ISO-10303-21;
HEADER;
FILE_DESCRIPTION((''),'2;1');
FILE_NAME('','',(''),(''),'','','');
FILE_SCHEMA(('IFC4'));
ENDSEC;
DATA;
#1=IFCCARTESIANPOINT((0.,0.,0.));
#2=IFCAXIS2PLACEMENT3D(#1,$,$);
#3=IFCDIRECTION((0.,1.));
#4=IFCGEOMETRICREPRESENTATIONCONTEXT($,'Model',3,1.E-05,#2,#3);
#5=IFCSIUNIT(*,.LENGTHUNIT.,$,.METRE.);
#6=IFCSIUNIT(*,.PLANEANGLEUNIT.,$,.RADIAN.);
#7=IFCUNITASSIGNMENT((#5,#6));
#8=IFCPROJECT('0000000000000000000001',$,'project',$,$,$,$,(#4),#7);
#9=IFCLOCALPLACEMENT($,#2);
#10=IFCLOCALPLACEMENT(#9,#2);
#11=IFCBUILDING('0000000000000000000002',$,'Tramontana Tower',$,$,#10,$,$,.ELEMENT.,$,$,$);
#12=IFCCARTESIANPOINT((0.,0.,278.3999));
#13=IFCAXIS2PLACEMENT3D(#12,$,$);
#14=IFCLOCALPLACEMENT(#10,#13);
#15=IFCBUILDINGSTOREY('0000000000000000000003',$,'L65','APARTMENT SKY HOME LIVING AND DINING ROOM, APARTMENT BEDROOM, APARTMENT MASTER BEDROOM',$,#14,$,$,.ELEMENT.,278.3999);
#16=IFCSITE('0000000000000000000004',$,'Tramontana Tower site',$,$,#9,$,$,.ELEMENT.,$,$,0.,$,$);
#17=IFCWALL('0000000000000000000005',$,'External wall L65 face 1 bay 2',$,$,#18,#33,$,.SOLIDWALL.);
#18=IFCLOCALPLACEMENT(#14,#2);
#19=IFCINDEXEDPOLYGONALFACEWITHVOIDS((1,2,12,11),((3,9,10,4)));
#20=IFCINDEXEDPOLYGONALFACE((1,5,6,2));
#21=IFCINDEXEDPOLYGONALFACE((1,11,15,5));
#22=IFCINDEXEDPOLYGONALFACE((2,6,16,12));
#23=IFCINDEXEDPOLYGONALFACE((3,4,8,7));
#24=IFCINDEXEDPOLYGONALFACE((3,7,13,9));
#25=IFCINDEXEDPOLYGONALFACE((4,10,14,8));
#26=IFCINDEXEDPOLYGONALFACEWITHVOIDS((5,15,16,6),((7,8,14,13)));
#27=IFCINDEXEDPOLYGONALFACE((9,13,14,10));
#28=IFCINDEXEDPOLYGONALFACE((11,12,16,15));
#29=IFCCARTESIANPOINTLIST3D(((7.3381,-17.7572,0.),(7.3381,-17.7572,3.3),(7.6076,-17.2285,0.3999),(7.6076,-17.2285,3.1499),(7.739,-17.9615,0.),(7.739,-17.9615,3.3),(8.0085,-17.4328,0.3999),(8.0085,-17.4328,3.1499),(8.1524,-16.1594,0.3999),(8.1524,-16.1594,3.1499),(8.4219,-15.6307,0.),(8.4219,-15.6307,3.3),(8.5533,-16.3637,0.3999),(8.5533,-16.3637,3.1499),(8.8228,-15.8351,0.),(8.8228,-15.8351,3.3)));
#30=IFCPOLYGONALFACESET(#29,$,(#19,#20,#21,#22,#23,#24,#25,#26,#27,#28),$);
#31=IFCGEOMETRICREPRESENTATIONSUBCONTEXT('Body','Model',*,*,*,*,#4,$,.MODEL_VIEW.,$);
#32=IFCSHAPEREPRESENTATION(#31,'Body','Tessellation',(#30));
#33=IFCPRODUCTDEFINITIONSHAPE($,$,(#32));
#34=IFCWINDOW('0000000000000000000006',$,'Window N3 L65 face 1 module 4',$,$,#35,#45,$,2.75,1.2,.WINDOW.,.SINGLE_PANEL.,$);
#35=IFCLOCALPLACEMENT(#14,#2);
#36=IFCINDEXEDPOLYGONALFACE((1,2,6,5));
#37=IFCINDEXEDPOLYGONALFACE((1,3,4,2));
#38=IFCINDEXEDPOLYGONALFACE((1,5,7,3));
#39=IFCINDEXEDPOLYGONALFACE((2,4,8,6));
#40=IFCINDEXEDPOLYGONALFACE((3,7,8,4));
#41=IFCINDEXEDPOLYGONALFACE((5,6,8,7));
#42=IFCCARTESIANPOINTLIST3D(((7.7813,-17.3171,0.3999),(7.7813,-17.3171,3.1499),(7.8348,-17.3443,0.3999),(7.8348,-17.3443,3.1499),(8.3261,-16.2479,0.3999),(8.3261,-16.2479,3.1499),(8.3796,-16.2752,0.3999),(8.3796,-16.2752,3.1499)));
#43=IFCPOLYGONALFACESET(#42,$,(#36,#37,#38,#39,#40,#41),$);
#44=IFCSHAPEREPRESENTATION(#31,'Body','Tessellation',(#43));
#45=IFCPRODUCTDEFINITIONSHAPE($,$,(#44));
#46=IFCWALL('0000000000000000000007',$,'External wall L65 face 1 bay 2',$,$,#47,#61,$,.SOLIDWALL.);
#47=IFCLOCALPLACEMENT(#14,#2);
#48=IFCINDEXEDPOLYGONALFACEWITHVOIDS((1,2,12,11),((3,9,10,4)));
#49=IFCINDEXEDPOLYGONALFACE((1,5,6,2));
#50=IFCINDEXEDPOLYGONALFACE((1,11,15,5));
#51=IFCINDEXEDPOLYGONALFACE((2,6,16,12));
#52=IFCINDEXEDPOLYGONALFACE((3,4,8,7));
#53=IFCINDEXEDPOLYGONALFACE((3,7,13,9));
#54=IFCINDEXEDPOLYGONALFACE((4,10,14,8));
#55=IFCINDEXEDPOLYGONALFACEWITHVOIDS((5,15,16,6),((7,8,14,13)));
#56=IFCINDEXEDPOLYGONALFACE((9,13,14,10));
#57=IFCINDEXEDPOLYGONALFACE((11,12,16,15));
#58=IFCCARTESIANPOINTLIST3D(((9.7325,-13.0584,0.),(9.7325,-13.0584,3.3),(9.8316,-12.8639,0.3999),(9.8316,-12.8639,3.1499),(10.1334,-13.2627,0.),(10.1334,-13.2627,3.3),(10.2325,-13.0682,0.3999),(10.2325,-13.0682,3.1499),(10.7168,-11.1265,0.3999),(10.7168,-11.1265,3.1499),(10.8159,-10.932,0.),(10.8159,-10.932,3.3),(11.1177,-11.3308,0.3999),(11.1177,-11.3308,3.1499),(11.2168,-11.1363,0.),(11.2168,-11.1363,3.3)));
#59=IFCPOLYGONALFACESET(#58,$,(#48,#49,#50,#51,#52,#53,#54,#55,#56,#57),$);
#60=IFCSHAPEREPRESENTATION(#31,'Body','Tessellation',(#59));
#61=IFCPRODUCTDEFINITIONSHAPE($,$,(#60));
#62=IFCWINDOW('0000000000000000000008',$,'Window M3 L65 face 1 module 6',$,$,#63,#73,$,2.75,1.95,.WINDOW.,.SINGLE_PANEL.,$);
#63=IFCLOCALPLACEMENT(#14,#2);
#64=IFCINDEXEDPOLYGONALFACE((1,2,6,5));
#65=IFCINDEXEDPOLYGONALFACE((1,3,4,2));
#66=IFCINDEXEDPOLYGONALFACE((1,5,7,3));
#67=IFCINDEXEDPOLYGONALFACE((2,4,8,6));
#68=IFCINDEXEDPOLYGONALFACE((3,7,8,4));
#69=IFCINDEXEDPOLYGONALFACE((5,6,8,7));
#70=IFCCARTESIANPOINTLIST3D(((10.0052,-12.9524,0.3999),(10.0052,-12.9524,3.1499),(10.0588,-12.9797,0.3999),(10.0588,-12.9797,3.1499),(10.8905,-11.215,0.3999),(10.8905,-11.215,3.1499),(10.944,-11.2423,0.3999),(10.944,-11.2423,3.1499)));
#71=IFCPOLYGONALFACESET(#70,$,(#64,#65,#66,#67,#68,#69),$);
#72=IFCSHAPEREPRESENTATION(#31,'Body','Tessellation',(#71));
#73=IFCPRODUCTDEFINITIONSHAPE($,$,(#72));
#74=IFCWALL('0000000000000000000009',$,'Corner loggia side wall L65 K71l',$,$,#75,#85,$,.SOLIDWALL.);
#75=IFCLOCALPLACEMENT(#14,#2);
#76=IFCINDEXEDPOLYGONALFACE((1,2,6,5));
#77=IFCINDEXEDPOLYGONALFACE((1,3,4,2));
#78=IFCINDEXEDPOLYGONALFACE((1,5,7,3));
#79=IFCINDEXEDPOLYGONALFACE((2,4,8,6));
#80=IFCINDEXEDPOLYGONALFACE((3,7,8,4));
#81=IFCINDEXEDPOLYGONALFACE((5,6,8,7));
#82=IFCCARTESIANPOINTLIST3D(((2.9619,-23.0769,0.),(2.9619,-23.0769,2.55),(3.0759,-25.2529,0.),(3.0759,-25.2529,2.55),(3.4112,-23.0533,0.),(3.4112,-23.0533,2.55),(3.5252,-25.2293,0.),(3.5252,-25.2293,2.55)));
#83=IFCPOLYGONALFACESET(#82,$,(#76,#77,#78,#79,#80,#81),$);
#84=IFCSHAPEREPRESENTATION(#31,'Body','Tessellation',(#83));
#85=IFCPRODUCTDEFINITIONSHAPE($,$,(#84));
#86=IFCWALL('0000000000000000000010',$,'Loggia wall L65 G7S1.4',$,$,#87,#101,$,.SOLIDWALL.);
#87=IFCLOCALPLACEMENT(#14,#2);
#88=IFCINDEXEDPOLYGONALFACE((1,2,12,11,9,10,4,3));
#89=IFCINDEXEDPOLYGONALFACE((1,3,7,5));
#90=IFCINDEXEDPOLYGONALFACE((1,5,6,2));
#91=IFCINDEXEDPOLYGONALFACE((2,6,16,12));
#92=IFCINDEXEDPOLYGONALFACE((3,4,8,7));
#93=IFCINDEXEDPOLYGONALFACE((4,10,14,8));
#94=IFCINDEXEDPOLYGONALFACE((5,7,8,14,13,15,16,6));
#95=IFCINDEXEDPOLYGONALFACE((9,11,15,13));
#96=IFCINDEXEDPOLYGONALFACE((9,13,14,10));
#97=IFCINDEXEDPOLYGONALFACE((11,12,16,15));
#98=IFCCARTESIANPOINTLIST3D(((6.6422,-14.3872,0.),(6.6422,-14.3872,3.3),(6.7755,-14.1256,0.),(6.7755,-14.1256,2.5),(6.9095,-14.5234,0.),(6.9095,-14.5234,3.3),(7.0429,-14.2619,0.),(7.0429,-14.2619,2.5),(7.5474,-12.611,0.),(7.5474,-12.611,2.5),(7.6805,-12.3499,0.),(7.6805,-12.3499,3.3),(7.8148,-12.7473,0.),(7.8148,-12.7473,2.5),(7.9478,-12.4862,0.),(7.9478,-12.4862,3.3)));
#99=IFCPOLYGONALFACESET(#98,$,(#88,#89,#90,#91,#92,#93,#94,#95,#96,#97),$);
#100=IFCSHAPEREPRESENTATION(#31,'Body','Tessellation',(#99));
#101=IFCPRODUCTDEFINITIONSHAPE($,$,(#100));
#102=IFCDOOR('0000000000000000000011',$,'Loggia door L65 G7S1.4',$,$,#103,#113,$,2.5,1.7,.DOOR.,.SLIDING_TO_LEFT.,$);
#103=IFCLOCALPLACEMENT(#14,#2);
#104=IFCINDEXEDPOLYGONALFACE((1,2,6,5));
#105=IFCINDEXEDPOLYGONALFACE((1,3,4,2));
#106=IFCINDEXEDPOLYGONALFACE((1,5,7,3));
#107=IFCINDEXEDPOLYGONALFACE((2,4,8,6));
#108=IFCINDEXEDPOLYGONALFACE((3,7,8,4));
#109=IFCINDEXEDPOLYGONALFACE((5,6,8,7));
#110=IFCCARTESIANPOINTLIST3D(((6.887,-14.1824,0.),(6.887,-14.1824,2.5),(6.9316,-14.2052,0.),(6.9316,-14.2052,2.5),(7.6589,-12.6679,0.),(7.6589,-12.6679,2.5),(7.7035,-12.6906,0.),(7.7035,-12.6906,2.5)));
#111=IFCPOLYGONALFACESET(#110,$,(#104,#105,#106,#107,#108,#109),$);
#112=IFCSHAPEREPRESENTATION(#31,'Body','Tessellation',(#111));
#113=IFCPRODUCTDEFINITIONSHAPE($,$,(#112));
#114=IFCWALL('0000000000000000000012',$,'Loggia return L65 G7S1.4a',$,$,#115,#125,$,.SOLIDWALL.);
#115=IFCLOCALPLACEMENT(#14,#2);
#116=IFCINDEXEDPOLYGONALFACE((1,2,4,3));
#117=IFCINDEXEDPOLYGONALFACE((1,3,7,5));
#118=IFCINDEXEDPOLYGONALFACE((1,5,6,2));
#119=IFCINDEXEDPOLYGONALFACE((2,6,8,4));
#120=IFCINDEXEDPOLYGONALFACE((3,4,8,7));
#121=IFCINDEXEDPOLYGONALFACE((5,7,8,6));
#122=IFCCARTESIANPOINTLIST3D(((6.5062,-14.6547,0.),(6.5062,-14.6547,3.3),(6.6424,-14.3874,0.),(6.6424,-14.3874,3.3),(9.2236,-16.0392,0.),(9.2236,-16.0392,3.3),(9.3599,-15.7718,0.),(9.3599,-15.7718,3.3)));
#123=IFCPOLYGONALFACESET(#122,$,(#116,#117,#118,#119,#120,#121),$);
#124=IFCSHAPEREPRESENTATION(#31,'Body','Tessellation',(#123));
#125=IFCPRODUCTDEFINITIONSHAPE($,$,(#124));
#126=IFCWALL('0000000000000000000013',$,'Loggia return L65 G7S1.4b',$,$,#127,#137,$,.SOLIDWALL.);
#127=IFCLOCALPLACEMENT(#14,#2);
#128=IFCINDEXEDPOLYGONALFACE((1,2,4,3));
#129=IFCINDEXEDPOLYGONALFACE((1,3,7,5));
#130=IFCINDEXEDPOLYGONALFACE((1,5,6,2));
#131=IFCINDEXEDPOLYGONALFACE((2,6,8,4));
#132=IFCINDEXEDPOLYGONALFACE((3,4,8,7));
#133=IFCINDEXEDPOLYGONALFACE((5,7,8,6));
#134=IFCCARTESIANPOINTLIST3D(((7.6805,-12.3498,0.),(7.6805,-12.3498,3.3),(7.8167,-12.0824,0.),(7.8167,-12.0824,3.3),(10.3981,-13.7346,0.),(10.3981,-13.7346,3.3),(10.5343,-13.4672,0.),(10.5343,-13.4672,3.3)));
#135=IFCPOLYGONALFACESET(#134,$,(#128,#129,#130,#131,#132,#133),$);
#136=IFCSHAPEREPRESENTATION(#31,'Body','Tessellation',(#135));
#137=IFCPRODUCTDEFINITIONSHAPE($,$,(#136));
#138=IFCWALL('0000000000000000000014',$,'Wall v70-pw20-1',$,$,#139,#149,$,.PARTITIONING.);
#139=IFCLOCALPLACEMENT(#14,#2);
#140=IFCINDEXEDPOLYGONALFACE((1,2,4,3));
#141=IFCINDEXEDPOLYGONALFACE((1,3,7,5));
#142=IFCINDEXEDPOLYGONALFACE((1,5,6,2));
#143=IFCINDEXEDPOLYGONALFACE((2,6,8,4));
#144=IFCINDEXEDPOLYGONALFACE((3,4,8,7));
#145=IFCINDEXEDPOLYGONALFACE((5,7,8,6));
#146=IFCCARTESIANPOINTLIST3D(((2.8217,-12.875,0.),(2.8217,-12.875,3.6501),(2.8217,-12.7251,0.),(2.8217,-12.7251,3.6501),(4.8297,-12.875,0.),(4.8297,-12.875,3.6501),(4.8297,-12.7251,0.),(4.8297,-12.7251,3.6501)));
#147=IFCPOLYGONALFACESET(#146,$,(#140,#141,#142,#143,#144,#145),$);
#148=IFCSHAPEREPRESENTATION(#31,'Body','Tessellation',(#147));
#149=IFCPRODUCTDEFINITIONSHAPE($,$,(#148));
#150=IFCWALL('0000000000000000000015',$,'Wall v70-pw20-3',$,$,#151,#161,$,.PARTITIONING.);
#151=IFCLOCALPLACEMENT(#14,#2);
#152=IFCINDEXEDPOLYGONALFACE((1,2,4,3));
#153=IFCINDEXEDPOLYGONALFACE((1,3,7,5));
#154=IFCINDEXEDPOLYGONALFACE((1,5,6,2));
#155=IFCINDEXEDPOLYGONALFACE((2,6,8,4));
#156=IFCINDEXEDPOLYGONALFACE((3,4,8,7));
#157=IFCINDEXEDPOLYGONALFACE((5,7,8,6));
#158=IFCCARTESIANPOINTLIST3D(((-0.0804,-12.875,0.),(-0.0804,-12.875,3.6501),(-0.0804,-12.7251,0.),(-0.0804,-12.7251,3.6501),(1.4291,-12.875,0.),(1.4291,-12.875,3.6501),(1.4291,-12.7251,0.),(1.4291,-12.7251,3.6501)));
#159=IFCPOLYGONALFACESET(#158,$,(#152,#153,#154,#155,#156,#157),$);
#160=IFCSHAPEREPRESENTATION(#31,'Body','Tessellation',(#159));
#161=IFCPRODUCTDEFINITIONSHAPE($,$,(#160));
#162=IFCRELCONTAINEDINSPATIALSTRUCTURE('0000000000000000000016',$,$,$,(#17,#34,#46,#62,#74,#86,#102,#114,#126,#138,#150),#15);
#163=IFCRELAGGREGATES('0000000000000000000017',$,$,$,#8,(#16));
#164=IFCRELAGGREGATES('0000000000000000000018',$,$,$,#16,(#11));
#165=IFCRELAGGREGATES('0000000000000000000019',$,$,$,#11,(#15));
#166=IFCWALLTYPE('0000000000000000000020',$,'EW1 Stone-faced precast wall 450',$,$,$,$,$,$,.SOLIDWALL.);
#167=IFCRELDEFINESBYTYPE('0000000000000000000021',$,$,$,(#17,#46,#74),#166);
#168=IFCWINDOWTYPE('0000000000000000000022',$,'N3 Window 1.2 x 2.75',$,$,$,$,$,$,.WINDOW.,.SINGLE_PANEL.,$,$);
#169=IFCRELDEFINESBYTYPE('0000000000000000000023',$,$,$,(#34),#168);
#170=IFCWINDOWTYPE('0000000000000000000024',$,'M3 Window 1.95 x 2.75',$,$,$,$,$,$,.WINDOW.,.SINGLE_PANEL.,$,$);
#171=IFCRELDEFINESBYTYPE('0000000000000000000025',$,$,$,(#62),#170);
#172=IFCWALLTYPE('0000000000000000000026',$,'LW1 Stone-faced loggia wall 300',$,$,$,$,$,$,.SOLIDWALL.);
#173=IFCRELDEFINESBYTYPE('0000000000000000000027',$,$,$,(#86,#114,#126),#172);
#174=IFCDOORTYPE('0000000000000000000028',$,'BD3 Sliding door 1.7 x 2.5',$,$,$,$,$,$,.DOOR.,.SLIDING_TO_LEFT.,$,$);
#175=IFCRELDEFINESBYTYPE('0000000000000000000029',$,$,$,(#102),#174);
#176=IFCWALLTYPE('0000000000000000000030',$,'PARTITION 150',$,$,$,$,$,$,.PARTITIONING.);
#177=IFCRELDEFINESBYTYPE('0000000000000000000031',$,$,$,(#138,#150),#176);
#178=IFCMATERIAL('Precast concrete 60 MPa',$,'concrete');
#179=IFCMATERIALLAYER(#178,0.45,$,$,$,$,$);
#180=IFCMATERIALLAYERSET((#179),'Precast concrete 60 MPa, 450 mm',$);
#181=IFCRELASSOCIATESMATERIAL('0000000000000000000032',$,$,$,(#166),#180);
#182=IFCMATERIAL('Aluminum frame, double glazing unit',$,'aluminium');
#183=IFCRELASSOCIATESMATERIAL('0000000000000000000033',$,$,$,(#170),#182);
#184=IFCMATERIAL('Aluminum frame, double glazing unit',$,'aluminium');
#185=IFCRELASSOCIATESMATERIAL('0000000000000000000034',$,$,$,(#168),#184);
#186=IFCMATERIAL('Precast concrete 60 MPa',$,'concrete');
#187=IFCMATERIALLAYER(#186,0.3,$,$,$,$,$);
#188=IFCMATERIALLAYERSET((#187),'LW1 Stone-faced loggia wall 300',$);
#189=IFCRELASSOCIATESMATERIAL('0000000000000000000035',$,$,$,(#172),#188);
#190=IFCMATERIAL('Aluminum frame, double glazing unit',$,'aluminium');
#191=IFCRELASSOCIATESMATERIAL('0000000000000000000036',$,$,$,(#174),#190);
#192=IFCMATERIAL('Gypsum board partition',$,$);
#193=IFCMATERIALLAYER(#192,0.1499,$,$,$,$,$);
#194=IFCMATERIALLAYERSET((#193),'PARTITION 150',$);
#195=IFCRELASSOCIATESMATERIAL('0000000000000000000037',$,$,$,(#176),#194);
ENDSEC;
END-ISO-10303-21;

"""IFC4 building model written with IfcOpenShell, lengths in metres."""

from ifc_helpers import new_model, si_unit, direction, frame, frame_2d, origin, place, context, subcontext, project, spatial, rectangle, extrude, material, layer, layer_set, type_object, element, fill, save


model = new_model("IFC4")

# Units and contexts
model_context = context("Model", 3, precision=1e-05, world=origin(), true_north=direction((0.0, 1.0)))
body_context = subcontext(model_context, "Body", "Model", "MODEL_VIEW")
ifc_project = project(units=[si_unit("LENGTHUNIT", "METRE"), si_unit("PLANEANGLEUNIT", "RADIAN")], contexts=[model_context])

# Site, building, storey
site_placement = place(None, origin())
site = spatial("IfcSite", under=ifc_project, at=site_placement, Name="Tramontana Tower site", CompositionType="ELEMENT", RefElevation=0.0)
building_placement = place(site_placement, origin())
building = spatial("IfcBuilding", under=site, at=building_placement, Name="Tramontana Tower", CompositionType="ELEMENT")
storey_placement = place(building_placement, frame((0.0, 0.0, 278.3999)))
storey = spatial("IfcBuildingStorey", under=building, at=storey_placement, Name="L65", Description="APARTMENT SKY HOME LIVING AND DINING ROOM, APARTMENT BEDROOM, APARTMENT MASTER BEDROOM", CompositionType="ELEMENT", Elevation=278.3999)

# Shared definitions
ifc_material_1 = material(Name="Precast concrete 60 MPa", Category="concrete")
ifc_layer_1 = layer(ifc_material_1, 0.45)
ifc_layer_set_1 = layer_set([ifc_layer_1], Name="Precast concrete 60 MPa, 450 mm")
wall_type_1 = type_object("IfcWallType", Name="EW1 Stone-faced precast wall 450", PredefinedType="SOLIDWALL", material=ifc_layer_set_1)
ifc_material_2 = material(Name="Aluminum frame, double glazing unit", Category="aluminium")
window_type_1 = type_object("IfcWindowType", Name="M3 Window 1.95 x 2.75", PartitioningType="SINGLE_PANEL", PredefinedType="WINDOW", material=ifc_material_2)

# Walls, openings, windows
wall_1_placement = place(storey_placement, frame((7.5386, -17.8594, 0.0), z_axis=(0.0, 0.0, 1.0), x_axis=(0.454074, 0.890964, 0.0)))
wall_1 = element("IfcWall", 1, at=wall_1_placement, inside=storey, type_object=wall_type_1, Name="External wall L65 face 1 bay 2", PredefinedType="SOLIDWALL", context=body_context, shape_type="SweptSolid", body=[
    extrude(rectangle(XDim=2.3867, YDim=0.45, at=frame_2d((1.1934, 0.0))), origin(), (0.0, 0.0, 1.0), 3.3),
])
opening_1_placement = place(wall_1_placement, frame((0.5933, 0.0, 0.3999)))
opening_1 = element("IfcOpeningElement", 2, at=opening_1_placement, cuts=wall_1, PredefinedType="OPENING", context=body_context, shape_type="SweptSolid", body=[
    extrude(rectangle(XDim=1.2, YDim=2.75, at=frame_2d((0.6001, 1.375))), frame((0.0, 0.2349, 0.0), z_axis=(0.0, -1.0, 0.0), x_axis=(1.0, 0.0, 0.0)), (0.0, 0.0, 1.0), 0.47),
])
ifc_material_3 = material(Name="Aluminum frame, double glazing unit", Category="aluminium")
window_type_2 = type_object("IfcWindowType", Name="N3 Window 1.2 x 2.75", PartitioningType="SINGLE_PANEL", PredefinedType="WINDOW", material=ifc_material_3)
window_1_placement = place(opening_1_placement, origin())
window_1 = element("IfcWindow", 3, at=window_1_placement, inside=storey, type_object=window_type_2, Name="Window N3 L65 face 1 module 4", OverallHeight=2.75, OverallWidth=1.2, PartitioningType="SINGLE_PANEL", PredefinedType="WINDOW", context=body_context, shape_type="SweptSolid", body=[
    extrude(rectangle(XDim=1.2, YDim=2.75, at=frame_2d((0.6001, 1.375))), frame((0.0, 0.03, 0.0), z_axis=(0.0, -1.0, 0.0), x_axis=(1.0, 0.0, 0.0)), (0.0, 0.0, 1.0), 0.0601),
])
fill(opening_1, window_1)
wall_2_placement = place(storey_placement, frame((9.9329, -13.1606, 0.0), z_axis=(0.0, 0.0, 1.0), x_axis=(0.453993, 0.891005, 0.0)))
wall_2 = element("IfcWall", 4, at=wall_2_placement, inside=storey, type_object=wall_type_1, Name="External wall L65 face 1 bay 2", PredefinedType="SOLIDWALL", context=body_context, shape_type="SweptSolid", body=[
    extrude(rectangle(XDim=2.3865, YDim=0.45, at=frame_2d((1.1934, 0.0))), origin(), (0.0, 0.0, 1.0), 3.3),
])
opening_2_placement = place(wall_2_placement, frame((0.2183, 0.0, 0.3999)))
opening_2 = element("IfcOpeningElement", 5, at=opening_2_placement, cuts=wall_2, PredefinedType="OPENING", context=body_context, shape_type="SweptSolid", body=[
    extrude(rectangle(XDim=1.95, YDim=2.75, at=frame_2d((0.9751, 1.375))), frame((0.0, 0.2349, 0.0), z_axis=(0.0, -1.0, 0.0), x_axis=(1.0, 0.0, 0.0)), (0.0, 0.0, 1.0), 0.47),
])
window_2_placement = place(opening_2_placement, origin())
window_2 = element("IfcWindow", 6, at=window_2_placement, inside=storey, type_object=window_type_1, Name="Window M3 L65 face 1 module 6", OverallHeight=2.75, OverallWidth=1.95, PartitioningType="SINGLE_PANEL", PredefinedType="WINDOW", context=body_context, shape_type="SweptSolid", body=[
    extrude(rectangle(XDim=1.95, YDim=2.75, at=frame_2d((0.9751, 1.375))), frame((0.0, 0.03, 0.0), z_axis=(0.0, -1.0, 0.0), x_axis=(1.0, 0.0, 0.0)), (0.0, 0.0, 1.0), 0.0601),
])
fill(opening_2, window_2)

# Wall
wall_3_placement = place(storey_placement, frame((3.3005, -25.241, 0.0), z_axis=(0.0, 0.0, 1.0), x_axis=(-0.052324, 0.99863, 0.0)))
element("IfcWall", 7, at=wall_3_placement, inside=storey, type_object=wall_type_1, Name="Corner loggia side wall L65 K71l", PredefinedType="SOLIDWALL", context=body_context, shape_type="SweptSolid", body=[
    extrude(rectangle(XDim=2.179, YDim=0.45, at=frame_2d((1.0894, 0.0))), origin(), (0.0, 0.0, 1.0), 2.55),
])

# Wall, opening, door
ifc_material_4 = material(Name="Precast concrete 60 MPa", Category="concrete")
ifc_layer_2 = layer(ifc_material_4, 0.3)
ifc_layer_set_2 = layer_set([ifc_layer_2], Name="LW1 Stone-faced loggia wall 300")
wall_type_2 = type_object("IfcWallType", Name="LW1 Stone-faced loggia wall 300", PredefinedType="SOLIDWALL", material=ifc_layer_set_2)
wall_4_placement = place(storey_placement, frame((6.7759, -14.4553, 0.0), z_axis=(0.0, 0.0, 1.0), x_axis=(0.454076, 0.890963, 0.0)))
wall_4 = element("IfcWall", 8, at=wall_4_placement, inside=storey, type_object=wall_type_2, Name="Loggia wall L65 G7S1.4", PredefinedType="SOLIDWALL", context=body_context, shape_type="SweptSolid", body=[
    extrude(rectangle(XDim=2.2866, YDim=0.3, at=frame_2d((1.1433, 0.0))), origin(), (0.0, 0.0, 1.0), 3.3),
])
opening_3_placement = place(wall_4_placement, frame((0.2935, 0.0, 0.0)))
opening_3 = element("IfcOpeningElement", 9, at=opening_3_placement, cuts=wall_4, PredefinedType="OPENING", context=body_context, shape_type="SweptSolid", body=[
    extrude(rectangle(XDim=1.7, YDim=2.5, at=frame_2d((0.8501, 1.25))), frame((0.0, 0.1599, 0.0), z_axis=(0.0, -1.0, 0.0), x_axis=(1.0, 0.0, 0.0)), (0.0, 0.0, 1.0), 0.3201),
])
ifc_material_5 = material(Name="Aluminum frame, double glazing unit", Category="aluminium")
door_type_1 = type_object("IfcDoorType", Name="BD3 Sliding door 1.7 x 2.5", OperationType="SLIDING_TO_LEFT", PredefinedType="DOOR", material=ifc_material_5)
door_1_placement = place(opening_3_placement, origin())
door_1 = element("IfcDoor", 10, at=door_1_placement, inside=storey, type_object=door_type_1, Name="Loggia door L65 G7S1.4", OperationType="SLIDING_TO_LEFT", OverallHeight=2.5, OverallWidth=1.7, PredefinedType="DOOR", context=body_context, shape_type="SweptSolid", body=[
    extrude(rectangle(XDim=1.7, YDim=2.5, at=frame_2d((0.8501, 1.25))), frame((0.0, 0.0249, 0.0), z_axis=(0.0, -1.0, 0.0), x_axis=(1.0, 0.0, 0.0)), (0.0, 0.0, 1.0), 0.05),
])
fill(opening_3, door_1)

# Walls
wall_5_placement = place(storey_placement, frame((9.2917, -15.9055, 0.0), z_axis=(0.0, 0.0, 1.0), x_axis=(-0.891024, 0.453957, 0.0)))
element("IfcWall", 11, at=wall_5_placement, inside=storey, type_object=wall_type_2, Name="Loggia return L65 G7S1.4a", PredefinedType="SOLIDWALL", context=body_context, shape_type="SweptSolid", body=[
    extrude(rectangle(XDim=3.0498, YDim=0.3, at=frame_2d((1.5249, 0.0))), origin(), (0.0, 0.0, 1.0), 3.3),
])
wall_6_placement = place(storey_placement, frame((10.4661, -13.6008, 0.0), z_axis=(0.0, 0.0, 1.0), x_axis=(-0.890991, 0.454021, 0.0)))
element("IfcWall", 12, at=wall_6_placement, inside=storey, type_object=wall_type_2, Name="Loggia return L65 G7S1.4b", PredefinedType="SOLIDWALL", context=body_context, shape_type="SweptSolid", body=[
    extrude(rectangle(XDim=3.05, YDim=0.3, at=frame_2d((1.5249, 0.0))), origin(), (0.0, 0.0, 1.0), 3.3),
])
ifc_material_6 = material(Name="Gypsum board partition")
ifc_layer_3 = layer(ifc_material_6, 0.1499)
ifc_layer_set_3 = layer_set([ifc_layer_3], Name="PARTITION 150")
wall_type_3 = type_object("IfcWallType", Name="PARTITION 150", PredefinedType="PARTITIONING", material=ifc_layer_set_3)
wall_7_placement = place(storey_placement, frame((4.8296, -12.8, 0.0), z_axis=(0.0, 0.0, 1.0), x_axis=(-1.0, 0.0, 0.0)))
element("IfcWall", 13, at=wall_7_placement, inside=storey, type_object=wall_type_3, Name="Wall v70-pw20-1", PredefinedType="PARTITIONING", context=body_context, shape_type="SweptSolid", body=[
    extrude(rectangle(XDim=2.0081, YDim=0.1499, at=frame_2d((1.0039, 0.0))), origin(), (0.0, 0.0, 1.0), 3.6501),
])

# Wall
wall_8_placement = place(storey_placement, frame((1.4292, -12.8, 0.0), z_axis=(0.0, 0.0, 1.0), x_axis=(-1.0, 0.0, 0.0)))
element("IfcWall", 14, at=wall_8_placement, inside=storey, type_object=wall_type_3, Name="Wall v70-pw20-3", PredefinedType="PARTITIONING", context=body_context, shape_type="SweptSolid", body=[
    extrude(rectangle(XDim=1.5095, YDim=0.1499, at=frame_2d((0.7549, 0.0))), origin(), (0.0, 0.0, 1.0), 3.6501),
])

save(model, "model.ifc")
